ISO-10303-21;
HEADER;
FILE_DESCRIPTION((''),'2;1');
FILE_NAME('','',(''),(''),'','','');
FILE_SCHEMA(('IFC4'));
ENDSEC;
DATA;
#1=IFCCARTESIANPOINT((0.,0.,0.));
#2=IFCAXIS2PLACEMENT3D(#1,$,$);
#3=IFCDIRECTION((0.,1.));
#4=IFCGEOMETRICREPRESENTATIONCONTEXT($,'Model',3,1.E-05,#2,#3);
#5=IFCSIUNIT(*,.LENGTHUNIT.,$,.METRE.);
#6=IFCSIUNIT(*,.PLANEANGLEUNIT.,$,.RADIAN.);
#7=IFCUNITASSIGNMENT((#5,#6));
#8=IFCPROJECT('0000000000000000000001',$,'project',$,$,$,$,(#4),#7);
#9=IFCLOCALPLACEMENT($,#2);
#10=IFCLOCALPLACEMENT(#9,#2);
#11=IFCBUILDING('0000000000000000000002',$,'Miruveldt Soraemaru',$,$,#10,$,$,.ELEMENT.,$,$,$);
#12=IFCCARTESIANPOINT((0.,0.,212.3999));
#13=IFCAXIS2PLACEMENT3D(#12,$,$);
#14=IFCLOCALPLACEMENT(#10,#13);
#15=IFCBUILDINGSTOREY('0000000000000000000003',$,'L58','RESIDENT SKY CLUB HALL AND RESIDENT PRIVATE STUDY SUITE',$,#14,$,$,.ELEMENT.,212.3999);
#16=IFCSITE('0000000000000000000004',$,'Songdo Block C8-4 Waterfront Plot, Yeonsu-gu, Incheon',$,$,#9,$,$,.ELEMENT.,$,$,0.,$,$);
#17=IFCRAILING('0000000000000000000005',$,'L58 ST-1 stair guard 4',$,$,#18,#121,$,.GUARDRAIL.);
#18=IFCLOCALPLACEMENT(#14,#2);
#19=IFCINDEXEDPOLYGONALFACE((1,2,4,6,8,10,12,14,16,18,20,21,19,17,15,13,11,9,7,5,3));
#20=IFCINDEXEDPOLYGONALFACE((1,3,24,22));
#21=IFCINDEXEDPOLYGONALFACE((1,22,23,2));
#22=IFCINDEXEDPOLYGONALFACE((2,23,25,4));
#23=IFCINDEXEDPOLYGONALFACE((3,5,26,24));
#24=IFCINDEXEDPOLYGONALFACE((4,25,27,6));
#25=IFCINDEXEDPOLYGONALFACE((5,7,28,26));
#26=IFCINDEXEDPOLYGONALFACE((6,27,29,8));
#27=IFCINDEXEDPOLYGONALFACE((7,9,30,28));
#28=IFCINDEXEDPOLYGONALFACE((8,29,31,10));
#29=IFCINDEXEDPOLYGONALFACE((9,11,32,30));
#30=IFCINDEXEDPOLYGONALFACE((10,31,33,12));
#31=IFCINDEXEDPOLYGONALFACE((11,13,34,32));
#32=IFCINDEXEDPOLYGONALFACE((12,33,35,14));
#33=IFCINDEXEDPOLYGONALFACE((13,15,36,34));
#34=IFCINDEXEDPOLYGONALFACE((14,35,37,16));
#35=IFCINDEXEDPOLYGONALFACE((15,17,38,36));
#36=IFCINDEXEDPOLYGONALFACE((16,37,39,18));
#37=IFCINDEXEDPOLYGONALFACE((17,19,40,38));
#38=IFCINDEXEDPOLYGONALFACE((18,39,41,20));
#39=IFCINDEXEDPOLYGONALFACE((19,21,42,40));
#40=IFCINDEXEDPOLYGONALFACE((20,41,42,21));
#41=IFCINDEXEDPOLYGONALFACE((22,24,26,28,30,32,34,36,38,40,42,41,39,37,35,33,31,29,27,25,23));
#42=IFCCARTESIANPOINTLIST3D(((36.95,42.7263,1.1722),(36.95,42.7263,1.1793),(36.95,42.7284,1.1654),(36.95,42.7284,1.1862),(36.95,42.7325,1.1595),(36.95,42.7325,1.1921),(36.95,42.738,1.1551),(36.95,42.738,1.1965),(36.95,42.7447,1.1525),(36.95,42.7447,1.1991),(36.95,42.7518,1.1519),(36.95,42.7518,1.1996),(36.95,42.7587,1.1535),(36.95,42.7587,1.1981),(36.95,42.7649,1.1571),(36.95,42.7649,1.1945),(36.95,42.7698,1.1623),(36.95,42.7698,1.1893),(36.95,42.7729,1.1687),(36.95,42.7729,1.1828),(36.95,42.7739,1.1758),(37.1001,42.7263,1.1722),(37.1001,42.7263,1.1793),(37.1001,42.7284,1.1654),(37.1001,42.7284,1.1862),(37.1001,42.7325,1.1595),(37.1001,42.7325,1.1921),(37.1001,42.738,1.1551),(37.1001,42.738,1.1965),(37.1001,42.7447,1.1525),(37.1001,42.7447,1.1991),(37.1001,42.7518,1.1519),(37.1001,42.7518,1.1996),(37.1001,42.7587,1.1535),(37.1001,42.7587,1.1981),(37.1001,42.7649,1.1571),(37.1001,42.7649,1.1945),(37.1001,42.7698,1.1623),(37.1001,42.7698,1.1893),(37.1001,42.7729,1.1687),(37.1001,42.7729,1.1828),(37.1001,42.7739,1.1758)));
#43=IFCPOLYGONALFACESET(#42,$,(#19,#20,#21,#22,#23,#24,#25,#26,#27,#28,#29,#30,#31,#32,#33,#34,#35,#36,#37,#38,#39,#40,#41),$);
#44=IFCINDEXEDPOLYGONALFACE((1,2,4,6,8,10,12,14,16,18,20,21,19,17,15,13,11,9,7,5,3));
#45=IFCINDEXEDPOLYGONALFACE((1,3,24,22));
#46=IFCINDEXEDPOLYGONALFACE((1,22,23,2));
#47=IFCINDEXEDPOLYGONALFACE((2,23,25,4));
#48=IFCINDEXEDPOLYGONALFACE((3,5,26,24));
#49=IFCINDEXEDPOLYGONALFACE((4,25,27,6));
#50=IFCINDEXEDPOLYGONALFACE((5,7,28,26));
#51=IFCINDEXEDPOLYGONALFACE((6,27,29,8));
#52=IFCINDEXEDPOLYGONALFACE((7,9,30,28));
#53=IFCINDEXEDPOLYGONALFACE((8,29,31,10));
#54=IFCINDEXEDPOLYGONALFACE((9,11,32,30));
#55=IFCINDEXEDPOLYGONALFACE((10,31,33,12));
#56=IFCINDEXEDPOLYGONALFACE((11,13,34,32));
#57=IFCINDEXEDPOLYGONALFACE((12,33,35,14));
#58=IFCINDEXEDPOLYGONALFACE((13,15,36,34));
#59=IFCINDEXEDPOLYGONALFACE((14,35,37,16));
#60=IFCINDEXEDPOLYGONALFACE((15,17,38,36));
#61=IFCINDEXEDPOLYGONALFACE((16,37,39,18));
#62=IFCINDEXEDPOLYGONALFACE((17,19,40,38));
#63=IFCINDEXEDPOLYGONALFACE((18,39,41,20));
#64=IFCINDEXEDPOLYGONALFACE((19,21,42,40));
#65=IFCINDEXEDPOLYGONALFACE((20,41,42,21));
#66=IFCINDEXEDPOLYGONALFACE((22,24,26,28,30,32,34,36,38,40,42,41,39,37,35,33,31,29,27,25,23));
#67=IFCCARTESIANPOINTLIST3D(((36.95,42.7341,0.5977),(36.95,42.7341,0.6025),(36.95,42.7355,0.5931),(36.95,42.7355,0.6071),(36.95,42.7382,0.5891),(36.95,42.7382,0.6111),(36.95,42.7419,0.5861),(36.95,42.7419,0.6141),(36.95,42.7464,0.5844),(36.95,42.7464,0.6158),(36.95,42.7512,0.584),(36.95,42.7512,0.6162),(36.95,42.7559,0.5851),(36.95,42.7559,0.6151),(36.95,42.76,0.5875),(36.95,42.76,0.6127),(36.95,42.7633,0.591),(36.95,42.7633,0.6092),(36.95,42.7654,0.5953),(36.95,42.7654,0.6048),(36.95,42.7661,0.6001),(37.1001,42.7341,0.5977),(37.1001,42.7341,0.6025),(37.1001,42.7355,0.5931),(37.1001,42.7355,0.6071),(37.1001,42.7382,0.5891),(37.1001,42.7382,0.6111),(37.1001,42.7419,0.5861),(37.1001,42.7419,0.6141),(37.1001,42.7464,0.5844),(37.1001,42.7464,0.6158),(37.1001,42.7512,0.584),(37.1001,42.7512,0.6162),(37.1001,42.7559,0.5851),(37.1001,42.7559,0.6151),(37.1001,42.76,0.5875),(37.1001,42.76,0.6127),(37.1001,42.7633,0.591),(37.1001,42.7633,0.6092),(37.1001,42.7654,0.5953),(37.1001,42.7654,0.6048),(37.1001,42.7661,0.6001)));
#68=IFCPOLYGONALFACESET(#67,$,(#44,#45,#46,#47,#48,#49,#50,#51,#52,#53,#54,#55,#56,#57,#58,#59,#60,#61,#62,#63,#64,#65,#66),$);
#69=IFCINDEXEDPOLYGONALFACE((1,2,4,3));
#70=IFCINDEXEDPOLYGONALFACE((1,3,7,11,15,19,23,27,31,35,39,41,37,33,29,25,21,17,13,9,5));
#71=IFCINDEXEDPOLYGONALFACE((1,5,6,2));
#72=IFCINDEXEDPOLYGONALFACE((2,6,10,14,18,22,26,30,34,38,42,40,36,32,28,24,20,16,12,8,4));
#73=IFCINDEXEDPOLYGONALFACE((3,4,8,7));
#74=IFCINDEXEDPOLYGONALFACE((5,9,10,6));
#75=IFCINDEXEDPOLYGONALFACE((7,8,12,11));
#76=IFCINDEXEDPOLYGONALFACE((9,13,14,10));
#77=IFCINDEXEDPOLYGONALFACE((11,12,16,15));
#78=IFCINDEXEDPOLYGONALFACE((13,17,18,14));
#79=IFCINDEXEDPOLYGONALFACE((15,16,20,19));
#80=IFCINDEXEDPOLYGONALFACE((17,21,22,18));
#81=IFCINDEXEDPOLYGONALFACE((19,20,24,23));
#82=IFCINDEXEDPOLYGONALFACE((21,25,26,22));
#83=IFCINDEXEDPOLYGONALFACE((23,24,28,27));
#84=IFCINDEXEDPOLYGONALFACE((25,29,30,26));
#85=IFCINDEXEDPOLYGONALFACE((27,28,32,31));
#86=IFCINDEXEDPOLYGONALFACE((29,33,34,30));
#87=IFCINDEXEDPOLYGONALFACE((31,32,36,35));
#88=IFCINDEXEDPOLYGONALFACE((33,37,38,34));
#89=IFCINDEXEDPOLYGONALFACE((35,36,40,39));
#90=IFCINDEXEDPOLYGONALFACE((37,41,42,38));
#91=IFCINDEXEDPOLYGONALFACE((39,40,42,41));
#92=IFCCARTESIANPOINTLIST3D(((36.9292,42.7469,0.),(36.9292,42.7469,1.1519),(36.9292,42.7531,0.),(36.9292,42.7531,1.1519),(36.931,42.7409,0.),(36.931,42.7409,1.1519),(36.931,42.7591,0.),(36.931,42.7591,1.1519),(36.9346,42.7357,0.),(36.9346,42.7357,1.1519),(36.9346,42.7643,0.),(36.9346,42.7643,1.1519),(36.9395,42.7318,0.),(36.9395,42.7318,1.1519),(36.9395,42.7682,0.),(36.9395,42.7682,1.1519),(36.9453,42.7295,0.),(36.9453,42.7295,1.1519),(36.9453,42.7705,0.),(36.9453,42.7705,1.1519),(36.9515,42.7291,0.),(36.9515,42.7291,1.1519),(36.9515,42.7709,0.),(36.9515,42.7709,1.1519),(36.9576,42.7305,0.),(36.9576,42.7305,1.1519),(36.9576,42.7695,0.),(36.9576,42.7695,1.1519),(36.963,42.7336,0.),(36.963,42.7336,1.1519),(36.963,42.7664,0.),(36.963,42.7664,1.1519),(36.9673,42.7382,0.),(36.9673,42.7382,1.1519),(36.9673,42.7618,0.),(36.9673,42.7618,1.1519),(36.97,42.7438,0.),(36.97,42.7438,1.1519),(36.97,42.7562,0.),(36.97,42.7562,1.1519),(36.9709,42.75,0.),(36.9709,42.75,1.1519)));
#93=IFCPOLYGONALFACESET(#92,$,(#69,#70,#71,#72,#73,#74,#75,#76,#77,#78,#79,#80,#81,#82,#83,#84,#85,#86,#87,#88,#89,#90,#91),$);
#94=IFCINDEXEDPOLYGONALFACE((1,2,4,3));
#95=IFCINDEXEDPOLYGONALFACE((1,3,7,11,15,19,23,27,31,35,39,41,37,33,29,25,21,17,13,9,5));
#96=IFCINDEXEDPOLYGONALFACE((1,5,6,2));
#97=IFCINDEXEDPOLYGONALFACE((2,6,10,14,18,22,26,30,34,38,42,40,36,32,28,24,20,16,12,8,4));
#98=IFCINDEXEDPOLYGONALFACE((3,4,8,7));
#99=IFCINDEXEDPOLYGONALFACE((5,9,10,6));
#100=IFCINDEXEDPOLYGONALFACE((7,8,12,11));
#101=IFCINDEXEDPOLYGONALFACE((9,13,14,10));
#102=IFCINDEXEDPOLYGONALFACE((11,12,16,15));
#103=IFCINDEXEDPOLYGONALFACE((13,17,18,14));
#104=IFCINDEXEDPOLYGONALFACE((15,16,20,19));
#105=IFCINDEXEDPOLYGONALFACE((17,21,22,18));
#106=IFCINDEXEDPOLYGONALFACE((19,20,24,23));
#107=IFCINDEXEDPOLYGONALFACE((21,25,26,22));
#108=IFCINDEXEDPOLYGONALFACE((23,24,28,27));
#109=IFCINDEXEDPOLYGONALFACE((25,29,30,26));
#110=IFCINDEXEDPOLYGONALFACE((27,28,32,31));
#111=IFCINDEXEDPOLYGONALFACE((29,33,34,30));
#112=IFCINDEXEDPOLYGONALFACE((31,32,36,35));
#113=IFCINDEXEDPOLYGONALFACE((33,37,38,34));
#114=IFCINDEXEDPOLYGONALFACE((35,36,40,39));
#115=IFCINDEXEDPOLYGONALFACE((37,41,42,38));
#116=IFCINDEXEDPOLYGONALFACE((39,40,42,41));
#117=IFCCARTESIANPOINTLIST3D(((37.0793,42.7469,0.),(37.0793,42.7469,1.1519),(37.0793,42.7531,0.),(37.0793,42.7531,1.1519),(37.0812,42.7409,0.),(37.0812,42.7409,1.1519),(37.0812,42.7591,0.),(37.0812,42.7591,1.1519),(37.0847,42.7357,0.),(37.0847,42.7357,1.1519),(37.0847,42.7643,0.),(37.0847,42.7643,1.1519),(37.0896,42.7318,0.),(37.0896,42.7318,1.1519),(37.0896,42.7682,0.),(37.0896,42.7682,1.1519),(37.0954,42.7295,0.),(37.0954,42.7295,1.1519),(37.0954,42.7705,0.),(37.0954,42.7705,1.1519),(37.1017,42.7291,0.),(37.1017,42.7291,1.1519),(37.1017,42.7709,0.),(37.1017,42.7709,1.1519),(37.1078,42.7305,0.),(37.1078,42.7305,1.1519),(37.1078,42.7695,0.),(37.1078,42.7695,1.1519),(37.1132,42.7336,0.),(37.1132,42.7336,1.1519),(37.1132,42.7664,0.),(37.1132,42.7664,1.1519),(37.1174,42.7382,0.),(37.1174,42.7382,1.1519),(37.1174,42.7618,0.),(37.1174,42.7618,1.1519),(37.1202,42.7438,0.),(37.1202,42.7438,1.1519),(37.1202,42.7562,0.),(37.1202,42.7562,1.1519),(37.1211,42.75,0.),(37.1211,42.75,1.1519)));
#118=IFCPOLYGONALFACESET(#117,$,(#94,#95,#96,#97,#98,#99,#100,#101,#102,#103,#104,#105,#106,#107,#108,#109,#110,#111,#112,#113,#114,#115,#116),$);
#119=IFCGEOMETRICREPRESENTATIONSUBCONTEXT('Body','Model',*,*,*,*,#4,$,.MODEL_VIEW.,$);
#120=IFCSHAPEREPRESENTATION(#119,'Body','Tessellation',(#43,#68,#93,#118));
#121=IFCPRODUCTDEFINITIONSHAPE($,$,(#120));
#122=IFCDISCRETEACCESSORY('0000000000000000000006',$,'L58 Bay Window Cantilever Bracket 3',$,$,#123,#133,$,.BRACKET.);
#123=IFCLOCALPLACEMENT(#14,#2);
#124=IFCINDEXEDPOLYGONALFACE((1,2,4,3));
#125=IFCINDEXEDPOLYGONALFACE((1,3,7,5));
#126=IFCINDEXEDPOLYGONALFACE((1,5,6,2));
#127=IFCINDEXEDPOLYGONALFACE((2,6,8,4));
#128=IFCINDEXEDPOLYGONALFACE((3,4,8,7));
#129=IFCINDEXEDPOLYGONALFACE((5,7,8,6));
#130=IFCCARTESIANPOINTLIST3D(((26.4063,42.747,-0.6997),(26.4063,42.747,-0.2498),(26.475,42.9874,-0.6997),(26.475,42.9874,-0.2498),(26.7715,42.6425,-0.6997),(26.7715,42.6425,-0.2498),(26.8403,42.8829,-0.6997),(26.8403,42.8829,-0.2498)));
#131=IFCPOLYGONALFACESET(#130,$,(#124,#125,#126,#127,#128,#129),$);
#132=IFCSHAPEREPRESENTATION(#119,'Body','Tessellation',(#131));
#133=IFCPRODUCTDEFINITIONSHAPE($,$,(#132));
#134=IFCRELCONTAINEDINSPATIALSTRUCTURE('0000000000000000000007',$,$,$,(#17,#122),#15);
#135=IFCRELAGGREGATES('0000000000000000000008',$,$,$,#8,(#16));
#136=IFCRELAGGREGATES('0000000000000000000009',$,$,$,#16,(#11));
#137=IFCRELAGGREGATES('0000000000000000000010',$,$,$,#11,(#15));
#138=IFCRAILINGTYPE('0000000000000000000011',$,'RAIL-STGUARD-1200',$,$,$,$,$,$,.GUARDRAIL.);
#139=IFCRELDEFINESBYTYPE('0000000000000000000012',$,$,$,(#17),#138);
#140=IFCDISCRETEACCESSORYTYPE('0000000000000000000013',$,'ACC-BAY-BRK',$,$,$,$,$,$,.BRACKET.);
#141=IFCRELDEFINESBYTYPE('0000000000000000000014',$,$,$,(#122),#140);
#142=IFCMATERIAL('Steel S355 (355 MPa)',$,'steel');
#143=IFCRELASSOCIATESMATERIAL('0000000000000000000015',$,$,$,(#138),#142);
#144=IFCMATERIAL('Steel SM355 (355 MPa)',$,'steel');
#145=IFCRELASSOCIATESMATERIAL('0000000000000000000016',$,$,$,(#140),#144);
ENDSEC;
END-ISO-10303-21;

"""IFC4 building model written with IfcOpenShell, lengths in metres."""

from ifc_helpers import new_model, si_unit, direction, frame, origin, origin_2d, place, context, subcontext, project, spatial, rectangle, circle, extrude, material, type_object, element, save


model = new_model("IFC4")

# Units and contexts
model_context = context("Model", 3, precision=1e-05, world=origin(), true_north=direction((0.0, 1.0)))
body_context = subcontext(model_context, "Body", "Model", "MODEL_VIEW")
ifc_project = project(units=[si_unit("LENGTHUNIT", "METRE"), si_unit("PLANEANGLEUNIT", "RADIAN")], contexts=[model_context])

# Site, building, storey
site_placement = place(None, origin())
site = spatial("IfcSite", under=ifc_project, at=site_placement, Name="Songdo Block C8-4 Waterfront Plot, Yeonsu-gu, Incheon", CompositionType="ELEMENT", RefElevation=0.0)
building_placement = place(site_placement, origin())
building = spatial("IfcBuilding", under=site, at=building_placement, Name="Miruveldt Soraemaru", CompositionType="ELEMENT")
storey_placement = place(building_placement, frame((0.0, 0.0, 212.3999)))
storey = spatial("IfcBuildingStorey", under=building, at=storey_placement, Name="L58", Description="RESIDENT SKY CLUB HALL AND RESIDENT PRIVATE STUDY SUITE", CompositionType="ELEMENT", Elevation=212.3999)

# Railing
ifc_material_1 = material(Name="Steel S355 (355 MPa)", Category="steel")
railing_type_1 = type_object("IfcRailingType", Name="RAIL-STGUARD-1200", PredefinedType="GUARDRAIL", material=ifc_material_1)
railing_1_placement = place(storey_placement, frame((36.95, 42.75, 0.0)))
element("IfcRailing", 1, at=railing_1_placement, inside=storey, type_object=railing_type_1, Name="L58 ST-1 stair guard 4", PredefinedType="GUARDRAIL", context=body_context, shape_type="SweptSolid", body=[
    extrude(circle(Radius=0.0239, at=origin_2d()), frame((0.0, 0.0, 1.1758), z_axis=(1.0, 0.0, 0.0), x_axis=(0.0, 1.0, 0.0)), (0.0, 0.0, 1.0), 0.1501),
    extrude(circle(Radius=0.0161, at=origin_2d()), frame((0.0, 0.0, 0.6001), z_axis=(1.0, 0.0, 0.0), x_axis=(0.0, 1.0, 0.0)), (0.0, 0.0, 1.0), 0.1501),
    extrude(circle(Radius=0.021, at=origin_2d()), origin(), (0.0, 0.0, 1.0), 1.1519),
    extrude(circle(Radius=0.021, at=origin_2d()), frame((0.1501, 0.0, 0.0)), (0.0, 0.0, 1.0), 1.1519),
])

# Discrete accessory
ifc_material_2 = material(Name="Steel SM355 (355 MPa)", Category="steel")
discrete_accessory_type = type_object("IfcDiscreteAccessoryType", Name="ACC-BAY-BRK", PredefinedType="BRACKET", material=ifc_material_2)
discrete_accessory_placement = place(storey_placement, frame((26.6233, 42.8149, -0.6997), z_axis=(0.0, 0.0, 1.0), x_axis=(-0.961449, 0.274983, 0.0)))
element("IfcDiscreteAccessory", 2, at=discrete_accessory_placement, inside=storey, type_object=discrete_accessory_type, Name="L58 Bay Window Cantilever Bracket 3", PredefinedType="BRACKET", context=body_context, shape_type="SweptSolid", body=[
    extrude(rectangle(XDim=0.3799, YDim=0.25, at=origin_2d()), origin(), (0.0, 0.0, 1.0), 0.45),
])

save(model, "model.ifc")
